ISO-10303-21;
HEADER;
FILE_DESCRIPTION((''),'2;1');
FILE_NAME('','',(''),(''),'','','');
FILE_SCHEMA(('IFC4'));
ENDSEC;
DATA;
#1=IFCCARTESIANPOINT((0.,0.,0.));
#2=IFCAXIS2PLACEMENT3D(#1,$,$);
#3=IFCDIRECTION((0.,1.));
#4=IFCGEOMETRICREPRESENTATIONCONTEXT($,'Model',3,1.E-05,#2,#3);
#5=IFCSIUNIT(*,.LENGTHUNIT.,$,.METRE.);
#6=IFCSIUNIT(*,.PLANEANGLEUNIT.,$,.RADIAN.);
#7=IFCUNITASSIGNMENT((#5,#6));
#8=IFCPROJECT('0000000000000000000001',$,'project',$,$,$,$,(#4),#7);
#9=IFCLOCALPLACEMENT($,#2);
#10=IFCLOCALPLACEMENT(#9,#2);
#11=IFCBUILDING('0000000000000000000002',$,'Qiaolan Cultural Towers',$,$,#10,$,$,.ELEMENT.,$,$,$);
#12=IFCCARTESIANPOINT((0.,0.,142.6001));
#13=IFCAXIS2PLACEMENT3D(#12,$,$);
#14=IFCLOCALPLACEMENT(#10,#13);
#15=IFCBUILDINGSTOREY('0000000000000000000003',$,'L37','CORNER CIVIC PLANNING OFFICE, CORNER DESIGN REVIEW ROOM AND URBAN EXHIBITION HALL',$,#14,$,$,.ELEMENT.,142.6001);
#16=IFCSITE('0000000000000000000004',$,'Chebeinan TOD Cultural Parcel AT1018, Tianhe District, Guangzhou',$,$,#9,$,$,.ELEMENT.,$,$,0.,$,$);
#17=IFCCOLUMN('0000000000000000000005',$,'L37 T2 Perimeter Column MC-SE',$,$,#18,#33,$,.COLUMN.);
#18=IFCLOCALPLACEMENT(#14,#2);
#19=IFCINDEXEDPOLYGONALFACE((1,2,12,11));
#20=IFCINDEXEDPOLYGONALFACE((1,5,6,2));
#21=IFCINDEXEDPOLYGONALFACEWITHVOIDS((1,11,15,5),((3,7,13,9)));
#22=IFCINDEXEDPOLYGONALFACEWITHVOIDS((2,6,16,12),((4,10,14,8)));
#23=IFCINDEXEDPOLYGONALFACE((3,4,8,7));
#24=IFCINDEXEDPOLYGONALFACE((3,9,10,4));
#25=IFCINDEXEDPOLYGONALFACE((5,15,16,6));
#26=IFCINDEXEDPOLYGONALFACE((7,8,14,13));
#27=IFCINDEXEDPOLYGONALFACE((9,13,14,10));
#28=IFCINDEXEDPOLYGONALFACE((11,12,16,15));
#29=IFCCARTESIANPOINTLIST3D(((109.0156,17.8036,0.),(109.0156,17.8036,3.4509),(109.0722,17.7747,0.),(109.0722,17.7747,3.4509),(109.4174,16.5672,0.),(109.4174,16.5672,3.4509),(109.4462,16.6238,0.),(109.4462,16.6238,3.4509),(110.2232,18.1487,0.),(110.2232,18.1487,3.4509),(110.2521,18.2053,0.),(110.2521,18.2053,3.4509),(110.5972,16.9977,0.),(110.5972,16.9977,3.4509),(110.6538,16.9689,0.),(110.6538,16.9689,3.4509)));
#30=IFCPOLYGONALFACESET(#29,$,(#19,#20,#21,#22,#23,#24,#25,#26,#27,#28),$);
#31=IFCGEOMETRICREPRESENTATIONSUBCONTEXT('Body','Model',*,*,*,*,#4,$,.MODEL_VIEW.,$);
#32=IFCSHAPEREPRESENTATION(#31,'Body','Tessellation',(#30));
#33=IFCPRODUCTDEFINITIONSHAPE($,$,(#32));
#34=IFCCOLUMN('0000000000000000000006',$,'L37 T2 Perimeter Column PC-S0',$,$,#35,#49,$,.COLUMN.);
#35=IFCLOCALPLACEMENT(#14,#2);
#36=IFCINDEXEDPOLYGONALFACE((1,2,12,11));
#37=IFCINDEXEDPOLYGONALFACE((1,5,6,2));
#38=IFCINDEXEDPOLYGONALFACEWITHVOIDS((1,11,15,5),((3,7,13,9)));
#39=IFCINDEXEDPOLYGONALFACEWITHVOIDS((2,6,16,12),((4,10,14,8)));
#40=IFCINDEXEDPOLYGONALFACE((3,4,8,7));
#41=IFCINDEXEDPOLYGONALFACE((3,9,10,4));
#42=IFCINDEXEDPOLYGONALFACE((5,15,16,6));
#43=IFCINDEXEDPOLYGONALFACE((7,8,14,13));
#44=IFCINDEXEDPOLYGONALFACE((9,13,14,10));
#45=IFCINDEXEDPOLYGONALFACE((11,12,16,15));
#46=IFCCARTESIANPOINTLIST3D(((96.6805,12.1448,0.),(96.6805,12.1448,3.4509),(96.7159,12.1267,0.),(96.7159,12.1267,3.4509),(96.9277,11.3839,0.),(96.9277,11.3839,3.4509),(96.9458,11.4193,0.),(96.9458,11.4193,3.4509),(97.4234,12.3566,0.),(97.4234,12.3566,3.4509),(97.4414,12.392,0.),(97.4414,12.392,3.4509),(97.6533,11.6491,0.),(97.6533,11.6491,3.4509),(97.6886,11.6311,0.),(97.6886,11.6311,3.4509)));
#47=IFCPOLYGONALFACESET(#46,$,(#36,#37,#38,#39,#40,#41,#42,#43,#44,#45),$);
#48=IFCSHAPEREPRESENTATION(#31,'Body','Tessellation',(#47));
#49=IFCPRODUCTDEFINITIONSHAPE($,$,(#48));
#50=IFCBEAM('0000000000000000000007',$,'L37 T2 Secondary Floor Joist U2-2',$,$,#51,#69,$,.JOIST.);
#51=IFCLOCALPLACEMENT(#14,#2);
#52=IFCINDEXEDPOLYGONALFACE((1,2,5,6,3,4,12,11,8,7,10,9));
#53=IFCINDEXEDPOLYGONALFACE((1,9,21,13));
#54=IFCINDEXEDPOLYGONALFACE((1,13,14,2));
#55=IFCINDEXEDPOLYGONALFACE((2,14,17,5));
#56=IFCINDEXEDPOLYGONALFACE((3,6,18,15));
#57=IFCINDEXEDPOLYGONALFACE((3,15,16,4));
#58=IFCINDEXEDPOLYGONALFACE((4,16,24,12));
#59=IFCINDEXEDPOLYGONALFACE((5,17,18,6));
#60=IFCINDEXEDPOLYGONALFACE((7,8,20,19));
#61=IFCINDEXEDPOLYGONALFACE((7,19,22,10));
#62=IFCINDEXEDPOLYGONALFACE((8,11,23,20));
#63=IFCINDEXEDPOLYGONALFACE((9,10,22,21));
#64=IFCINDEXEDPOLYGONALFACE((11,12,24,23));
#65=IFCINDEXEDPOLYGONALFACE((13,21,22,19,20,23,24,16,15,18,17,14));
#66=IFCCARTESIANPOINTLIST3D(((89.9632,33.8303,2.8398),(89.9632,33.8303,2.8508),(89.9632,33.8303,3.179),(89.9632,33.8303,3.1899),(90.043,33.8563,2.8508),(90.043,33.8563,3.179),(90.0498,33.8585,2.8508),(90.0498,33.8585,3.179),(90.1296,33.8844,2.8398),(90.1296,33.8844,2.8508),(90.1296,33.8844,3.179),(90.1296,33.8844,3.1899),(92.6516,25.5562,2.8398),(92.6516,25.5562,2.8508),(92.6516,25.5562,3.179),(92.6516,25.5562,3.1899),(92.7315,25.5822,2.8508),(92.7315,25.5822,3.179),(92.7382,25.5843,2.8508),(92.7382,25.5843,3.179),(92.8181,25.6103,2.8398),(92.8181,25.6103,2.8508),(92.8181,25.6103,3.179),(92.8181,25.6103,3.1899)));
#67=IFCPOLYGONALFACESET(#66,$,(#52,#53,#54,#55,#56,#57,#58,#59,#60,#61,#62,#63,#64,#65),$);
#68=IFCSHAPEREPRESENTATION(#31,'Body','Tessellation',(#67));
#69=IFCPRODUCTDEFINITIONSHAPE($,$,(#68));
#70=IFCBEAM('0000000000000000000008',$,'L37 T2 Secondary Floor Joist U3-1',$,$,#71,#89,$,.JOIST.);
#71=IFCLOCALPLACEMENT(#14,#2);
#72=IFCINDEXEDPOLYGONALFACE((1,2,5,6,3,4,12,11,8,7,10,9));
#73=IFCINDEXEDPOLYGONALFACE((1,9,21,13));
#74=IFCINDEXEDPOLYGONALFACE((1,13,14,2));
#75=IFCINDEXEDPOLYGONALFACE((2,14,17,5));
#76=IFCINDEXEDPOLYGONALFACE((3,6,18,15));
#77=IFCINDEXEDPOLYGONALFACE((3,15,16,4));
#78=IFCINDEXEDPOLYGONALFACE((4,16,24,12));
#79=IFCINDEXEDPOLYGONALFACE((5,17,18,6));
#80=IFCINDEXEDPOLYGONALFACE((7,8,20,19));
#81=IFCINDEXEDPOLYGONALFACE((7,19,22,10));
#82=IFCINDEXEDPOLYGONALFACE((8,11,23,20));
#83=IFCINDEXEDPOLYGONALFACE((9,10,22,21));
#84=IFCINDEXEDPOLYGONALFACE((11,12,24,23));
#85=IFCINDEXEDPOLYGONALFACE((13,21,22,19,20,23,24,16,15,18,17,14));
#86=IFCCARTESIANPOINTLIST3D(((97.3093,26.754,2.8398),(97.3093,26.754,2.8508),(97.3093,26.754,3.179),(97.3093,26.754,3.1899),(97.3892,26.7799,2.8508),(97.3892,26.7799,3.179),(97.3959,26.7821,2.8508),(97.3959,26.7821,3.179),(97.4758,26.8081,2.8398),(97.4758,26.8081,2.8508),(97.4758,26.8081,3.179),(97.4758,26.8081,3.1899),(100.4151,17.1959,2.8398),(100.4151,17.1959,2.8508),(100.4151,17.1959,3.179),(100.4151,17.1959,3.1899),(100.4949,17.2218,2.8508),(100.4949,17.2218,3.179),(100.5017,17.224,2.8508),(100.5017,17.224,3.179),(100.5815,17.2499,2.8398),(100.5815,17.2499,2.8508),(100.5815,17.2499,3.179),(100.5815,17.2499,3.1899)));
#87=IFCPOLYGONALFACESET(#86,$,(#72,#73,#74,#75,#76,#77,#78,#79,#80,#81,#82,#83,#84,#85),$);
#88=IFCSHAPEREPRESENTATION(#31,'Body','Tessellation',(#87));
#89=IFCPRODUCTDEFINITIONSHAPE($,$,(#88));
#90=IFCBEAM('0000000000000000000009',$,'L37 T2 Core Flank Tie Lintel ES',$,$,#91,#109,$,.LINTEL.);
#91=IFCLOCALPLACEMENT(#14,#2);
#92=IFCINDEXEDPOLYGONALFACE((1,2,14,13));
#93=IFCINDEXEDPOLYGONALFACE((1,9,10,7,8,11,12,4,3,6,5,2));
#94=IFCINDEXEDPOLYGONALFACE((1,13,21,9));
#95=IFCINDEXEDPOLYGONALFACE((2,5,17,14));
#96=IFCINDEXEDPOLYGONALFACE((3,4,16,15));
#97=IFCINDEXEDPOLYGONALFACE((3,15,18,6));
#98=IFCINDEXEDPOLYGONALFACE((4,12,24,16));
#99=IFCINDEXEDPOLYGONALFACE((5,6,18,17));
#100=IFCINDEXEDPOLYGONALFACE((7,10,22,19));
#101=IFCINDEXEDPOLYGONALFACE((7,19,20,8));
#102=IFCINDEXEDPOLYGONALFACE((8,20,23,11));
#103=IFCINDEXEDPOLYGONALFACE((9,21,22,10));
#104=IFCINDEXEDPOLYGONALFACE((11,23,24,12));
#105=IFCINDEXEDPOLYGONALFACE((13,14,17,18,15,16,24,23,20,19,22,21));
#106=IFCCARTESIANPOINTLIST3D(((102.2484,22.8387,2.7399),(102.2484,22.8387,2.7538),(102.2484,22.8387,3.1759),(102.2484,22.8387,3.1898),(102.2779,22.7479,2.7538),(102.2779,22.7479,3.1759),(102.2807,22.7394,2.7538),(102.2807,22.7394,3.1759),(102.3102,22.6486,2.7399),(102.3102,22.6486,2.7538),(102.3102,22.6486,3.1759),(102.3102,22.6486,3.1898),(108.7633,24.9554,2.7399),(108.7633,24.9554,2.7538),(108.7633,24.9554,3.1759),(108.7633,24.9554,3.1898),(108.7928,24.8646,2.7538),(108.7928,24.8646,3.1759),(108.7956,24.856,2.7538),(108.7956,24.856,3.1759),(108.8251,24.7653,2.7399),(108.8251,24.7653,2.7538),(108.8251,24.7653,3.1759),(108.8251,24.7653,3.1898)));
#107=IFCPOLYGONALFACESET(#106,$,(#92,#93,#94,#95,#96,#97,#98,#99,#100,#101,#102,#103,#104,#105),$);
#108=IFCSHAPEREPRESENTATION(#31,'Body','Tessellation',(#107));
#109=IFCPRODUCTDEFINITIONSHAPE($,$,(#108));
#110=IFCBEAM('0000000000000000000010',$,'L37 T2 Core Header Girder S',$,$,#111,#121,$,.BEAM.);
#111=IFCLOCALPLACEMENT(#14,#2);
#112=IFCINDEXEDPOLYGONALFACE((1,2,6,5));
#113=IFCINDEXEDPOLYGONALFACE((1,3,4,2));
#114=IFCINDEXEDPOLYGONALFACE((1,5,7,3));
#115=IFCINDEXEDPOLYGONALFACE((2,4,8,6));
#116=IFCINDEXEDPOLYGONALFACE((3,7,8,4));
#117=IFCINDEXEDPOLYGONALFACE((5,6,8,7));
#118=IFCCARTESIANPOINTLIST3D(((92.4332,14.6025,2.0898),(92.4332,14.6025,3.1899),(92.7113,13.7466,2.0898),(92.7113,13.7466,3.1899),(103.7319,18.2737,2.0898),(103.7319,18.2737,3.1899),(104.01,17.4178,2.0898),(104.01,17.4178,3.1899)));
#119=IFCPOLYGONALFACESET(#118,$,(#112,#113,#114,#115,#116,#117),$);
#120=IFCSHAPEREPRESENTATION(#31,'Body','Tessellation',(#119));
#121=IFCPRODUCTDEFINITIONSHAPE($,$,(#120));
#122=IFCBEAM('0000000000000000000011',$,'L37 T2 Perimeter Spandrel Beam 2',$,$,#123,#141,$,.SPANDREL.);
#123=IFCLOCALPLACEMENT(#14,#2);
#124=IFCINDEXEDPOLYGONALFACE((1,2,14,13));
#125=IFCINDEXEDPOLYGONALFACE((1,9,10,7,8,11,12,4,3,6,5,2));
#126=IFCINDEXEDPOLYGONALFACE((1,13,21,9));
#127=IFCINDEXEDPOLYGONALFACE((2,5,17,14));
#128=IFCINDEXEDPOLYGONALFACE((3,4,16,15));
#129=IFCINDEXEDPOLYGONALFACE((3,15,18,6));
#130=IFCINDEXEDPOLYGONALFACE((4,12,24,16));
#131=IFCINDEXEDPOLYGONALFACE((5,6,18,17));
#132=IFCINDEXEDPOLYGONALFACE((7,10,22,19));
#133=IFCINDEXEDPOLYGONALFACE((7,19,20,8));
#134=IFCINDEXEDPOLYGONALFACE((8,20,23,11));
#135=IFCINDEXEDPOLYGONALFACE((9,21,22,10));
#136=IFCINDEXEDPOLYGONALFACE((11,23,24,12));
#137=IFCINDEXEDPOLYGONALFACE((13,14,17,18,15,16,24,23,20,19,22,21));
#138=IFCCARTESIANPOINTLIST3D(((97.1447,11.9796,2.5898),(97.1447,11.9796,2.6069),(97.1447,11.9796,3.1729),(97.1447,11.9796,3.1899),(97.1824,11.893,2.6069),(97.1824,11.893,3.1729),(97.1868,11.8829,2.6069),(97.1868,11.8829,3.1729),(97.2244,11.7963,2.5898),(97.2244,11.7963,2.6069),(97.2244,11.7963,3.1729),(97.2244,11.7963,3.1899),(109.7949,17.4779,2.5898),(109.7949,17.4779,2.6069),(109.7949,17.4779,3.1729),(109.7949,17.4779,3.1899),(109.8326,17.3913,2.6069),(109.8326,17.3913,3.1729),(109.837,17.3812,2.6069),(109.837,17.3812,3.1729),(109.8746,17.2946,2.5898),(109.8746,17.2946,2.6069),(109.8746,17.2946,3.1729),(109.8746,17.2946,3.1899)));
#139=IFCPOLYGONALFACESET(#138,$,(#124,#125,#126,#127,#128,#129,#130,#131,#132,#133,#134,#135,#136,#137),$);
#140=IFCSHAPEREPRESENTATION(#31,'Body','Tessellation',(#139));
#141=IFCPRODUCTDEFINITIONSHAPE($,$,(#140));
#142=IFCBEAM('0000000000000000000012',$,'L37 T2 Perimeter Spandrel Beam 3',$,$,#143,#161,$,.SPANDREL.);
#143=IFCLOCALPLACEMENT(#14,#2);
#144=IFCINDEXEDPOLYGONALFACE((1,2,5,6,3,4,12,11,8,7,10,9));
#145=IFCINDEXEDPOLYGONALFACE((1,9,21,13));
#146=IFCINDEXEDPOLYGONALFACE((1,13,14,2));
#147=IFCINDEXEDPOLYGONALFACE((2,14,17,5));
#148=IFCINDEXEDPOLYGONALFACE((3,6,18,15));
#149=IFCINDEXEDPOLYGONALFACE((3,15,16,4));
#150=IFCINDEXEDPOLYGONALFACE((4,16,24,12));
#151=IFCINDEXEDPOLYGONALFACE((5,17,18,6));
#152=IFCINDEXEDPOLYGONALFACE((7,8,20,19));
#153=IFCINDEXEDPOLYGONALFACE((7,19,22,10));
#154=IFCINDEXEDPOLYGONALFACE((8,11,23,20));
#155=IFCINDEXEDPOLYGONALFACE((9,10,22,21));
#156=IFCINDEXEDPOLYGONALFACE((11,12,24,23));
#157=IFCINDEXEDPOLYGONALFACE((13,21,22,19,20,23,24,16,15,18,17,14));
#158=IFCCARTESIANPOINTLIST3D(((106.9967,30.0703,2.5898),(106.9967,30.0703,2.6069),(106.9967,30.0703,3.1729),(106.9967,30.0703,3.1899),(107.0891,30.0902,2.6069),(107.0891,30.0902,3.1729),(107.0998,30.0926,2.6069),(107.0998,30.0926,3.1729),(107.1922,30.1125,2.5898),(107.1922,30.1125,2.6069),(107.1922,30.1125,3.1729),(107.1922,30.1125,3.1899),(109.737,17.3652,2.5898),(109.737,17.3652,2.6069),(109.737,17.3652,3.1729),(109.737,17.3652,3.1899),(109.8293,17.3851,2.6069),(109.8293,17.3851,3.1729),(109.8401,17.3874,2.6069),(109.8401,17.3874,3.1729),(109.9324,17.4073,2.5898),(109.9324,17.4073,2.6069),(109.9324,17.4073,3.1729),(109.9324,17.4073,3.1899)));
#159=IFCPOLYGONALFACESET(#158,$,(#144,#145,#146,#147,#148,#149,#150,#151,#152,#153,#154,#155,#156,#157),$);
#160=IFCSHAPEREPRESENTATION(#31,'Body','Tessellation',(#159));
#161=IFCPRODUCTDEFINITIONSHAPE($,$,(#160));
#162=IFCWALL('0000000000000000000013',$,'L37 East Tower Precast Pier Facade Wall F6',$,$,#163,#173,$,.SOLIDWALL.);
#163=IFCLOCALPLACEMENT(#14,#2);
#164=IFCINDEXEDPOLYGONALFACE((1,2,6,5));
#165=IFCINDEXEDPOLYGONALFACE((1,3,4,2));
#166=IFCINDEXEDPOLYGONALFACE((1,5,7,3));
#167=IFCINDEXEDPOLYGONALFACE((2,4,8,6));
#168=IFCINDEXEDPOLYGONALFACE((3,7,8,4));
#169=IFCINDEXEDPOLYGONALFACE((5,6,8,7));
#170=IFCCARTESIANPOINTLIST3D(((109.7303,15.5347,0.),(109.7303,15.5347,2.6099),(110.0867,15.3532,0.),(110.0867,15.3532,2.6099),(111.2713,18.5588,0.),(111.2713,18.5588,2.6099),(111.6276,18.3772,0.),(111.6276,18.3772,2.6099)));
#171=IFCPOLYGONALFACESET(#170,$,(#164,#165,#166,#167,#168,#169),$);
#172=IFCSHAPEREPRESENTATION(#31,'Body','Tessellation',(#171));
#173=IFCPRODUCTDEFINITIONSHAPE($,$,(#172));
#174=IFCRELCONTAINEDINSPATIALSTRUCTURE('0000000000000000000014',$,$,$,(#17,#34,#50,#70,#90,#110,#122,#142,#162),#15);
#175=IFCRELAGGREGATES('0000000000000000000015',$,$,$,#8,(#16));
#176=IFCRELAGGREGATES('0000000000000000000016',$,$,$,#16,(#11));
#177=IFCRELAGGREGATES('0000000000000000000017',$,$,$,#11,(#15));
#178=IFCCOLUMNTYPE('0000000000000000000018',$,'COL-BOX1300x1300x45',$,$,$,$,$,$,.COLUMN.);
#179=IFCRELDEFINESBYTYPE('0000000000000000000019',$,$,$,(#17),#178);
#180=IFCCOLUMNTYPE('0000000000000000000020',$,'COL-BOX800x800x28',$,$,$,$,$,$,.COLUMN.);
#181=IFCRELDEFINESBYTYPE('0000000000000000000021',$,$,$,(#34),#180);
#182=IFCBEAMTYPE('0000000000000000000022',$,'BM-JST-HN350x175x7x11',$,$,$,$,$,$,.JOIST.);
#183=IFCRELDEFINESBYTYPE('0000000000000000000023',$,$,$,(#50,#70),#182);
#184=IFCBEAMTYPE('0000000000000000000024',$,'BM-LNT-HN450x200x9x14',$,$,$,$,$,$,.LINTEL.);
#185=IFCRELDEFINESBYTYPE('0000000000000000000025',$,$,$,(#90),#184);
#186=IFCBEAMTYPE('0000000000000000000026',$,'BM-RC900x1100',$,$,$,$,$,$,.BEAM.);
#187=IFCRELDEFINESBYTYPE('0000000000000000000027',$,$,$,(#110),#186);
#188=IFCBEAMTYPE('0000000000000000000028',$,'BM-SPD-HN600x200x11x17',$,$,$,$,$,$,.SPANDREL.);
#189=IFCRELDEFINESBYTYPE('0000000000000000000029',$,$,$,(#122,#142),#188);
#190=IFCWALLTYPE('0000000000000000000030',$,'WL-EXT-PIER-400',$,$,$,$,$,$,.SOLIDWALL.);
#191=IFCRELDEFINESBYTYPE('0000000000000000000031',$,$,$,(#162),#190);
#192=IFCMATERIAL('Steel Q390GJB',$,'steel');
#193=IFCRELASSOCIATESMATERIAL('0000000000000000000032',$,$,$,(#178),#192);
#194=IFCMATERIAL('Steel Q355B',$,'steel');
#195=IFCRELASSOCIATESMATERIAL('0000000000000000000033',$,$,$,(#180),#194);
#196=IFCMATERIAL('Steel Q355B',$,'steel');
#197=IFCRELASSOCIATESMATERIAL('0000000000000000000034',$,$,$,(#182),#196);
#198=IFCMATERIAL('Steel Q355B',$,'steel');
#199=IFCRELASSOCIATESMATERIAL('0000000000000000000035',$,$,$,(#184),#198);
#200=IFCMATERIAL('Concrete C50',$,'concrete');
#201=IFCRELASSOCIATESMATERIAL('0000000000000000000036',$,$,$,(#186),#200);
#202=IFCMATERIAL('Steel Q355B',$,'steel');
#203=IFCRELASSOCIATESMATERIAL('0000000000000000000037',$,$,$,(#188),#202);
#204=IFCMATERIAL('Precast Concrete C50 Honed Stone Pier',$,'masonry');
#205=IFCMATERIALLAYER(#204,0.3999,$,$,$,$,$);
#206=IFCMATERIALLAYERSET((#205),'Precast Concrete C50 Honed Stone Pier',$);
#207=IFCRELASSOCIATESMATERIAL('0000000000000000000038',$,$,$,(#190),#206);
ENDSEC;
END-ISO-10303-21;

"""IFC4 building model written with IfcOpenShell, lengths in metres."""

from ifc_helpers import new_model, si_unit, direction, frame, frame_2d, origin, origin_2d, place, context, subcontext, project, spatial, rectangle, hollow_rectangle, i_section, extrude, material, layer, layer_set, material_profile, profile_set, type_object, element, save


model = new_model("IFC4")

# Units and contexts
model_context = context("Model", 3, precision=1e-05, world=origin(), true_north=direction((0.0, 1.0)))
body_context = subcontext(model_context, "Body", "Model", "MODEL_VIEW")
ifc_project = project(units=[si_unit("LENGTHUNIT", "METRE"), si_unit("PLANEANGLEUNIT", "RADIAN")], contexts=[model_context])

# Site, building, storey
site_placement = place(None, origin())
site = spatial("IfcSite", under=ifc_project, at=site_placement, Name="Chebeinan TOD Cultural Parcel AT1018, Tianhe District, Guangzhou", CompositionType="ELEMENT", RefElevation=0.0)
building_placement = place(site_placement, origin())
building = spatial("IfcBuilding", under=site, at=building_placement, Name="Qiaolan Cultural Towers", CompositionType="ELEMENT")
storey_placement = place(building_placement, frame((0.0, 0.0, 142.6001)))
storey = spatial("IfcBuildingStorey", under=building, at=storey_placement, Name="L37", Description="CORNER CIVIC PLANNING OFFICE, CORNER DESIGN REVIEW ROOM AND URBAN EXHIBITION HALL", CompositionType="ELEMENT", Elevation=142.6001)

# Columns
ifc_material_1 = material(Name="Steel Q390GJB", Category="steel")
ifc_material_profile_1 = material_profile(ifc_material_1, hollow_rectangle(XDim=1.3, YDim=1.3, WallThickness=0.0449, at=origin_2d()), Name="BOX1300x1300x45")
ifc_profile_set_1 = profile_set([ifc_material_profile_1], Name="Steel Q390GJB")
column_type_1 = type_object("IfcColumnType", Name="COL-BOX1300x1300x45", PredefinedType="COLUMN", material=ifc_profile_set_1)
column_1_placement = place(storey_placement, frame((109.8347, 17.3862, 0.0), z_axis=(0.0, 0.0, 1.0), x_axis=(0.951057, 0.309017, 0.0)))
element("IfcColumn", 1, at=column_1_placement, inside=storey, type_object=column_type_1, Name="L37 T2 Perimeter Column MC-SE", PredefinedType="COLUMN", context=body_context, shape_type="SweptSolid", body=[
    extrude(hollow_rectangle(XDim=1.3, YDim=1.3, WallThickness=0.0449, at=origin_2d()), origin(), (0.0, 0.0, 1.0), 3.4509),
])
ifc_material_2 = material(Name="Steel Q355B", Category="steel")
ifc_material_profile_2 = material_profile(ifc_material_2, hollow_rectangle(XDim=0.8, YDim=0.8, WallThickness=0.0281, at=origin_2d()), Name="BOX800x800x28")
ifc_profile_set_2 = profile_set([ifc_material_profile_2], Name="Steel Q355B")
column_type_2 = type_object("IfcColumnType", Name="COL-BOX800x800x28", PredefinedType="COLUMN", material=ifc_profile_set_2)
column_2_placement = place(storey_placement, frame((97.1846, 11.8879, 0.0), z_axis=(0.0, 0.0, 1.0), x_axis=(0.951057, 0.309017, 0.0)))
element("IfcColumn", 2, at=column_2_placement, inside=storey, type_object=column_type_2, Name="L37 T2 Perimeter Column PC-S0", PredefinedType="COLUMN", context=body_context, shape_type="SweptSolid", body=[
    extrude(hollow_rectangle(XDim=0.8, YDim=0.8, WallThickness=0.0281, at=origin_2d()), origin(), (0.0, 0.0, 1.0), 3.4509),
])

# Beams
ifc_material_3 = material(Name="Steel Q355B", Category="steel")
ifc_material_profile_3 = material_profile(ifc_material_3, i_section(OverallWidth=0.175, OverallDepth=0.3501, WebThickness=0.0071, FlangeThickness=0.011, at=origin_2d()), Name="HN350x175x7x11")
ifc_profile_set_3 = profile_set([ifc_material_profile_3], Name="Steel Q355B")
beam_type_1 = type_object("IfcBeamType", Name="BM-JST-HN350x175x7x11", PredefinedType="JOIST", material=ifc_profile_set_3)
beam_1_placement = place(storey_placement, frame((92.7349, 25.5833, 3.0149), z_axis=(-0.309021, 0.951055, 0.0), x_axis=(-0.951055, -0.309021, 0.0)))
element("IfcBeam", 3, at=beam_1_placement, inside=storey, type_object=beam_type_1, Name="L37 T2 Secondary Floor Joist U2-2", PredefinedType="JOIST", context=body_context, shape_type="SweptSolid", body=[
    extrude(i_section(OverallWidth=0.175, OverallDepth=0.3501, WebThickness=0.0071, FlangeThickness=0.011, at=origin_2d()), origin(), (0.0, 0.0, 1.0), 8.7),
])
beam_2_placement = place(storey_placement, frame((100.4983, 17.2229, 3.0149), z_axis=(-0.309026, 0.951054, 0.0), x_axis=(-0.951054, -0.309026, 0.0)))
element("IfcBeam", 4, at=beam_2_placement, inside=storey, type_object=beam_type_1, Name="L37 T2 Secondary Floor Joist U3-1", PredefinedType="JOIST", context=body_context, shape_type="SweptSolid", body=[
    extrude(i_section(OverallWidth=0.175, OverallDepth=0.3501, WebThickness=0.0071, FlangeThickness=0.011, at=origin_2d()), origin(), (0.0, 0.0, 1.0), 10.05),
])
ifc_material_4 = material(Name="Steel Q355B", Category="steel")
ifc_material_profile_4 = material_profile(ifc_material_4, i_section(OverallWidth=0.2, OverallDepth=0.45, WebThickness=0.009, FlangeThickness=0.0139, at=origin_2d()), Name="HN450x200x9x14")
ifc_profile_set_4 = profile_set([ifc_material_profile_4], Name="Steel Q355B")
beam_type_2 = type_object("IfcBeamType", Name="BM-LNT-HN450x200x9x14", PredefinedType="LINTEL", material=ifc_profile_set_4)
beam_3_placement = place(storey_placement, frame((102.2793, 22.7437, 2.9648), z_axis=(0.951062, 0.309001, 0.0), x_axis=(-0.309001, 0.951062, 0.0)))
element("IfcBeam", 5, at=beam_3_placement, inside=storey, type_object=beam_type_2, Name="L37 T2 Core Flank Tie Lintel ES", PredefinedType="LINTEL", context=body_context, shape_type="SweptSolid", body=[
    extrude(i_section(OverallWidth=0.2, OverallDepth=0.45, WebThickness=0.009, FlangeThickness=0.0139, at=origin_2d()), origin(), (0.0, 0.0, 1.0), 6.8501),
])
ifc_material_5 = material(Name="Concrete C50", Category="concrete")
ifc_material_profile_5 = material_profile(ifc_material_5, rectangle(XDim=0.8999, YDim=1.1001, at=origin_2d()), Name="RC900x1100")
ifc_profile_set_5 = profile_set([ifc_material_profile_5], Name="Concrete C50")
beam_type_3 = type_object("IfcBeamType", Name="BM-RC900x1100", PredefinedType="BEAM", material=ifc_profile_set_5)
beam_4_placement = place(storey_placement, frame((92.5723, 14.1746, 2.6399), z_axis=(0.951056, 0.309018, 0.0), x_axis=(-0.309018, 0.951056, 0.0)))
element("IfcBeam", 6, at=beam_4_placement, inside=storey, type_object=beam_type_3, Name="L37 T2 Core Header Girder S", PredefinedType="BEAM", context=body_context, shape_type="SweptSolid", body=[
    extrude(rectangle(XDim=0.8999, YDim=1.1001, at=origin_2d()), origin(), (0.0, 0.0, 1.0), 11.8801),
])
ifc_material_6 = material(Name="Steel Q355B", Category="steel")
ifc_material_profile_6 = material_profile(ifc_material_6, i_section(OverallWidth=0.2, OverallDepth=0.6001, WebThickness=0.011, FlangeThickness=0.0171, at=origin_2d()), Name="HN600x200x11x17")
ifc_profile_set_6 = profile_set([ifc_material_profile_6], Name="Steel Q355B")
beam_type_4 = type_object("IfcBeamType", Name="BM-SPD-HN600x200x11x17", PredefinedType="SPANDREL", material=ifc_profile_set_6)
beam_5_placement = place(storey_placement, frame((97.1846, 11.8879, 2.8899), z_axis=(0.917117, 0.398618, 0.0), x_axis=(-0.398618, 0.917117, 0.0)))
element("IfcBeam", 7, at=beam_5_placement, inside=storey, type_object=beam_type_4, Name="L37 T2 Perimeter Spandrel Beam 2", PredefinedType="SPANDREL", context=body_context, shape_type="SweptSolid", body=[
    extrude(i_section(OverallWidth=0.2, OverallDepth=0.6001, WebThickness=0.011, FlangeThickness=0.0171, at=origin_2d()), origin(), (0.0, 0.0, 1.0), 13.7935),
])
beam_6_placement = place(storey_placement, frame((109.8347, 17.3862, 2.8899), z_axis=(-0.210832, 0.977522, 0.0), x_axis=(-0.977522, -0.210832, 0.0)))
element("IfcBeam", 8, at=beam_6_placement, inside=storey, type_object=beam_type_4, Name="L37 T2 Perimeter Spandrel Beam 3", PredefinedType="SPANDREL", context=body_context, shape_type="SweptSolid", body=[
    extrude(i_section(OverallWidth=0.2, OverallDepth=0.6001, WebThickness=0.011, FlangeThickness=0.0171, at=origin_2d()), origin(), (0.0, 0.0, 1.0), 12.9973),
])

# Wall
ifc_material_7 = material(Name="Precast Concrete C50 Honed Stone Pier", Category="masonry")
ifc_layer_1 = layer(ifc_material_7, 0.3999)
ifc_layer_set_1 = layer_set([ifc_layer_1], Name="Precast Concrete C50 Honed Stone Pier")
wall_type_1 = type_object("IfcWallType", Name="WL-EXT-PIER-400", PredefinedType="SOLIDWALL", material=ifc_layer_set_1)
wall_1_placement = place(storey_placement, frame((111.4495, 18.468, 0.0), z_axis=(0.0, 0.0, 1.0), x_axis=(-0.45402, -0.890992, 0.0)))
element("IfcWall", 9, at=wall_1_placement, inside=storey, type_object=wall_type_1, Name="L37 East Tower Precast Pier Facade Wall F6", PredefinedType="SOLIDWALL", context=body_context, shape_type="SweptSolid", body=[
    extrude(rectangle(XDim=3.394, YDim=0.3999, at=frame_2d((1.697, 0.0))), origin(), (0.0, 0.0, 1.0), 2.6099),
])

save(model, "model.ifc")
